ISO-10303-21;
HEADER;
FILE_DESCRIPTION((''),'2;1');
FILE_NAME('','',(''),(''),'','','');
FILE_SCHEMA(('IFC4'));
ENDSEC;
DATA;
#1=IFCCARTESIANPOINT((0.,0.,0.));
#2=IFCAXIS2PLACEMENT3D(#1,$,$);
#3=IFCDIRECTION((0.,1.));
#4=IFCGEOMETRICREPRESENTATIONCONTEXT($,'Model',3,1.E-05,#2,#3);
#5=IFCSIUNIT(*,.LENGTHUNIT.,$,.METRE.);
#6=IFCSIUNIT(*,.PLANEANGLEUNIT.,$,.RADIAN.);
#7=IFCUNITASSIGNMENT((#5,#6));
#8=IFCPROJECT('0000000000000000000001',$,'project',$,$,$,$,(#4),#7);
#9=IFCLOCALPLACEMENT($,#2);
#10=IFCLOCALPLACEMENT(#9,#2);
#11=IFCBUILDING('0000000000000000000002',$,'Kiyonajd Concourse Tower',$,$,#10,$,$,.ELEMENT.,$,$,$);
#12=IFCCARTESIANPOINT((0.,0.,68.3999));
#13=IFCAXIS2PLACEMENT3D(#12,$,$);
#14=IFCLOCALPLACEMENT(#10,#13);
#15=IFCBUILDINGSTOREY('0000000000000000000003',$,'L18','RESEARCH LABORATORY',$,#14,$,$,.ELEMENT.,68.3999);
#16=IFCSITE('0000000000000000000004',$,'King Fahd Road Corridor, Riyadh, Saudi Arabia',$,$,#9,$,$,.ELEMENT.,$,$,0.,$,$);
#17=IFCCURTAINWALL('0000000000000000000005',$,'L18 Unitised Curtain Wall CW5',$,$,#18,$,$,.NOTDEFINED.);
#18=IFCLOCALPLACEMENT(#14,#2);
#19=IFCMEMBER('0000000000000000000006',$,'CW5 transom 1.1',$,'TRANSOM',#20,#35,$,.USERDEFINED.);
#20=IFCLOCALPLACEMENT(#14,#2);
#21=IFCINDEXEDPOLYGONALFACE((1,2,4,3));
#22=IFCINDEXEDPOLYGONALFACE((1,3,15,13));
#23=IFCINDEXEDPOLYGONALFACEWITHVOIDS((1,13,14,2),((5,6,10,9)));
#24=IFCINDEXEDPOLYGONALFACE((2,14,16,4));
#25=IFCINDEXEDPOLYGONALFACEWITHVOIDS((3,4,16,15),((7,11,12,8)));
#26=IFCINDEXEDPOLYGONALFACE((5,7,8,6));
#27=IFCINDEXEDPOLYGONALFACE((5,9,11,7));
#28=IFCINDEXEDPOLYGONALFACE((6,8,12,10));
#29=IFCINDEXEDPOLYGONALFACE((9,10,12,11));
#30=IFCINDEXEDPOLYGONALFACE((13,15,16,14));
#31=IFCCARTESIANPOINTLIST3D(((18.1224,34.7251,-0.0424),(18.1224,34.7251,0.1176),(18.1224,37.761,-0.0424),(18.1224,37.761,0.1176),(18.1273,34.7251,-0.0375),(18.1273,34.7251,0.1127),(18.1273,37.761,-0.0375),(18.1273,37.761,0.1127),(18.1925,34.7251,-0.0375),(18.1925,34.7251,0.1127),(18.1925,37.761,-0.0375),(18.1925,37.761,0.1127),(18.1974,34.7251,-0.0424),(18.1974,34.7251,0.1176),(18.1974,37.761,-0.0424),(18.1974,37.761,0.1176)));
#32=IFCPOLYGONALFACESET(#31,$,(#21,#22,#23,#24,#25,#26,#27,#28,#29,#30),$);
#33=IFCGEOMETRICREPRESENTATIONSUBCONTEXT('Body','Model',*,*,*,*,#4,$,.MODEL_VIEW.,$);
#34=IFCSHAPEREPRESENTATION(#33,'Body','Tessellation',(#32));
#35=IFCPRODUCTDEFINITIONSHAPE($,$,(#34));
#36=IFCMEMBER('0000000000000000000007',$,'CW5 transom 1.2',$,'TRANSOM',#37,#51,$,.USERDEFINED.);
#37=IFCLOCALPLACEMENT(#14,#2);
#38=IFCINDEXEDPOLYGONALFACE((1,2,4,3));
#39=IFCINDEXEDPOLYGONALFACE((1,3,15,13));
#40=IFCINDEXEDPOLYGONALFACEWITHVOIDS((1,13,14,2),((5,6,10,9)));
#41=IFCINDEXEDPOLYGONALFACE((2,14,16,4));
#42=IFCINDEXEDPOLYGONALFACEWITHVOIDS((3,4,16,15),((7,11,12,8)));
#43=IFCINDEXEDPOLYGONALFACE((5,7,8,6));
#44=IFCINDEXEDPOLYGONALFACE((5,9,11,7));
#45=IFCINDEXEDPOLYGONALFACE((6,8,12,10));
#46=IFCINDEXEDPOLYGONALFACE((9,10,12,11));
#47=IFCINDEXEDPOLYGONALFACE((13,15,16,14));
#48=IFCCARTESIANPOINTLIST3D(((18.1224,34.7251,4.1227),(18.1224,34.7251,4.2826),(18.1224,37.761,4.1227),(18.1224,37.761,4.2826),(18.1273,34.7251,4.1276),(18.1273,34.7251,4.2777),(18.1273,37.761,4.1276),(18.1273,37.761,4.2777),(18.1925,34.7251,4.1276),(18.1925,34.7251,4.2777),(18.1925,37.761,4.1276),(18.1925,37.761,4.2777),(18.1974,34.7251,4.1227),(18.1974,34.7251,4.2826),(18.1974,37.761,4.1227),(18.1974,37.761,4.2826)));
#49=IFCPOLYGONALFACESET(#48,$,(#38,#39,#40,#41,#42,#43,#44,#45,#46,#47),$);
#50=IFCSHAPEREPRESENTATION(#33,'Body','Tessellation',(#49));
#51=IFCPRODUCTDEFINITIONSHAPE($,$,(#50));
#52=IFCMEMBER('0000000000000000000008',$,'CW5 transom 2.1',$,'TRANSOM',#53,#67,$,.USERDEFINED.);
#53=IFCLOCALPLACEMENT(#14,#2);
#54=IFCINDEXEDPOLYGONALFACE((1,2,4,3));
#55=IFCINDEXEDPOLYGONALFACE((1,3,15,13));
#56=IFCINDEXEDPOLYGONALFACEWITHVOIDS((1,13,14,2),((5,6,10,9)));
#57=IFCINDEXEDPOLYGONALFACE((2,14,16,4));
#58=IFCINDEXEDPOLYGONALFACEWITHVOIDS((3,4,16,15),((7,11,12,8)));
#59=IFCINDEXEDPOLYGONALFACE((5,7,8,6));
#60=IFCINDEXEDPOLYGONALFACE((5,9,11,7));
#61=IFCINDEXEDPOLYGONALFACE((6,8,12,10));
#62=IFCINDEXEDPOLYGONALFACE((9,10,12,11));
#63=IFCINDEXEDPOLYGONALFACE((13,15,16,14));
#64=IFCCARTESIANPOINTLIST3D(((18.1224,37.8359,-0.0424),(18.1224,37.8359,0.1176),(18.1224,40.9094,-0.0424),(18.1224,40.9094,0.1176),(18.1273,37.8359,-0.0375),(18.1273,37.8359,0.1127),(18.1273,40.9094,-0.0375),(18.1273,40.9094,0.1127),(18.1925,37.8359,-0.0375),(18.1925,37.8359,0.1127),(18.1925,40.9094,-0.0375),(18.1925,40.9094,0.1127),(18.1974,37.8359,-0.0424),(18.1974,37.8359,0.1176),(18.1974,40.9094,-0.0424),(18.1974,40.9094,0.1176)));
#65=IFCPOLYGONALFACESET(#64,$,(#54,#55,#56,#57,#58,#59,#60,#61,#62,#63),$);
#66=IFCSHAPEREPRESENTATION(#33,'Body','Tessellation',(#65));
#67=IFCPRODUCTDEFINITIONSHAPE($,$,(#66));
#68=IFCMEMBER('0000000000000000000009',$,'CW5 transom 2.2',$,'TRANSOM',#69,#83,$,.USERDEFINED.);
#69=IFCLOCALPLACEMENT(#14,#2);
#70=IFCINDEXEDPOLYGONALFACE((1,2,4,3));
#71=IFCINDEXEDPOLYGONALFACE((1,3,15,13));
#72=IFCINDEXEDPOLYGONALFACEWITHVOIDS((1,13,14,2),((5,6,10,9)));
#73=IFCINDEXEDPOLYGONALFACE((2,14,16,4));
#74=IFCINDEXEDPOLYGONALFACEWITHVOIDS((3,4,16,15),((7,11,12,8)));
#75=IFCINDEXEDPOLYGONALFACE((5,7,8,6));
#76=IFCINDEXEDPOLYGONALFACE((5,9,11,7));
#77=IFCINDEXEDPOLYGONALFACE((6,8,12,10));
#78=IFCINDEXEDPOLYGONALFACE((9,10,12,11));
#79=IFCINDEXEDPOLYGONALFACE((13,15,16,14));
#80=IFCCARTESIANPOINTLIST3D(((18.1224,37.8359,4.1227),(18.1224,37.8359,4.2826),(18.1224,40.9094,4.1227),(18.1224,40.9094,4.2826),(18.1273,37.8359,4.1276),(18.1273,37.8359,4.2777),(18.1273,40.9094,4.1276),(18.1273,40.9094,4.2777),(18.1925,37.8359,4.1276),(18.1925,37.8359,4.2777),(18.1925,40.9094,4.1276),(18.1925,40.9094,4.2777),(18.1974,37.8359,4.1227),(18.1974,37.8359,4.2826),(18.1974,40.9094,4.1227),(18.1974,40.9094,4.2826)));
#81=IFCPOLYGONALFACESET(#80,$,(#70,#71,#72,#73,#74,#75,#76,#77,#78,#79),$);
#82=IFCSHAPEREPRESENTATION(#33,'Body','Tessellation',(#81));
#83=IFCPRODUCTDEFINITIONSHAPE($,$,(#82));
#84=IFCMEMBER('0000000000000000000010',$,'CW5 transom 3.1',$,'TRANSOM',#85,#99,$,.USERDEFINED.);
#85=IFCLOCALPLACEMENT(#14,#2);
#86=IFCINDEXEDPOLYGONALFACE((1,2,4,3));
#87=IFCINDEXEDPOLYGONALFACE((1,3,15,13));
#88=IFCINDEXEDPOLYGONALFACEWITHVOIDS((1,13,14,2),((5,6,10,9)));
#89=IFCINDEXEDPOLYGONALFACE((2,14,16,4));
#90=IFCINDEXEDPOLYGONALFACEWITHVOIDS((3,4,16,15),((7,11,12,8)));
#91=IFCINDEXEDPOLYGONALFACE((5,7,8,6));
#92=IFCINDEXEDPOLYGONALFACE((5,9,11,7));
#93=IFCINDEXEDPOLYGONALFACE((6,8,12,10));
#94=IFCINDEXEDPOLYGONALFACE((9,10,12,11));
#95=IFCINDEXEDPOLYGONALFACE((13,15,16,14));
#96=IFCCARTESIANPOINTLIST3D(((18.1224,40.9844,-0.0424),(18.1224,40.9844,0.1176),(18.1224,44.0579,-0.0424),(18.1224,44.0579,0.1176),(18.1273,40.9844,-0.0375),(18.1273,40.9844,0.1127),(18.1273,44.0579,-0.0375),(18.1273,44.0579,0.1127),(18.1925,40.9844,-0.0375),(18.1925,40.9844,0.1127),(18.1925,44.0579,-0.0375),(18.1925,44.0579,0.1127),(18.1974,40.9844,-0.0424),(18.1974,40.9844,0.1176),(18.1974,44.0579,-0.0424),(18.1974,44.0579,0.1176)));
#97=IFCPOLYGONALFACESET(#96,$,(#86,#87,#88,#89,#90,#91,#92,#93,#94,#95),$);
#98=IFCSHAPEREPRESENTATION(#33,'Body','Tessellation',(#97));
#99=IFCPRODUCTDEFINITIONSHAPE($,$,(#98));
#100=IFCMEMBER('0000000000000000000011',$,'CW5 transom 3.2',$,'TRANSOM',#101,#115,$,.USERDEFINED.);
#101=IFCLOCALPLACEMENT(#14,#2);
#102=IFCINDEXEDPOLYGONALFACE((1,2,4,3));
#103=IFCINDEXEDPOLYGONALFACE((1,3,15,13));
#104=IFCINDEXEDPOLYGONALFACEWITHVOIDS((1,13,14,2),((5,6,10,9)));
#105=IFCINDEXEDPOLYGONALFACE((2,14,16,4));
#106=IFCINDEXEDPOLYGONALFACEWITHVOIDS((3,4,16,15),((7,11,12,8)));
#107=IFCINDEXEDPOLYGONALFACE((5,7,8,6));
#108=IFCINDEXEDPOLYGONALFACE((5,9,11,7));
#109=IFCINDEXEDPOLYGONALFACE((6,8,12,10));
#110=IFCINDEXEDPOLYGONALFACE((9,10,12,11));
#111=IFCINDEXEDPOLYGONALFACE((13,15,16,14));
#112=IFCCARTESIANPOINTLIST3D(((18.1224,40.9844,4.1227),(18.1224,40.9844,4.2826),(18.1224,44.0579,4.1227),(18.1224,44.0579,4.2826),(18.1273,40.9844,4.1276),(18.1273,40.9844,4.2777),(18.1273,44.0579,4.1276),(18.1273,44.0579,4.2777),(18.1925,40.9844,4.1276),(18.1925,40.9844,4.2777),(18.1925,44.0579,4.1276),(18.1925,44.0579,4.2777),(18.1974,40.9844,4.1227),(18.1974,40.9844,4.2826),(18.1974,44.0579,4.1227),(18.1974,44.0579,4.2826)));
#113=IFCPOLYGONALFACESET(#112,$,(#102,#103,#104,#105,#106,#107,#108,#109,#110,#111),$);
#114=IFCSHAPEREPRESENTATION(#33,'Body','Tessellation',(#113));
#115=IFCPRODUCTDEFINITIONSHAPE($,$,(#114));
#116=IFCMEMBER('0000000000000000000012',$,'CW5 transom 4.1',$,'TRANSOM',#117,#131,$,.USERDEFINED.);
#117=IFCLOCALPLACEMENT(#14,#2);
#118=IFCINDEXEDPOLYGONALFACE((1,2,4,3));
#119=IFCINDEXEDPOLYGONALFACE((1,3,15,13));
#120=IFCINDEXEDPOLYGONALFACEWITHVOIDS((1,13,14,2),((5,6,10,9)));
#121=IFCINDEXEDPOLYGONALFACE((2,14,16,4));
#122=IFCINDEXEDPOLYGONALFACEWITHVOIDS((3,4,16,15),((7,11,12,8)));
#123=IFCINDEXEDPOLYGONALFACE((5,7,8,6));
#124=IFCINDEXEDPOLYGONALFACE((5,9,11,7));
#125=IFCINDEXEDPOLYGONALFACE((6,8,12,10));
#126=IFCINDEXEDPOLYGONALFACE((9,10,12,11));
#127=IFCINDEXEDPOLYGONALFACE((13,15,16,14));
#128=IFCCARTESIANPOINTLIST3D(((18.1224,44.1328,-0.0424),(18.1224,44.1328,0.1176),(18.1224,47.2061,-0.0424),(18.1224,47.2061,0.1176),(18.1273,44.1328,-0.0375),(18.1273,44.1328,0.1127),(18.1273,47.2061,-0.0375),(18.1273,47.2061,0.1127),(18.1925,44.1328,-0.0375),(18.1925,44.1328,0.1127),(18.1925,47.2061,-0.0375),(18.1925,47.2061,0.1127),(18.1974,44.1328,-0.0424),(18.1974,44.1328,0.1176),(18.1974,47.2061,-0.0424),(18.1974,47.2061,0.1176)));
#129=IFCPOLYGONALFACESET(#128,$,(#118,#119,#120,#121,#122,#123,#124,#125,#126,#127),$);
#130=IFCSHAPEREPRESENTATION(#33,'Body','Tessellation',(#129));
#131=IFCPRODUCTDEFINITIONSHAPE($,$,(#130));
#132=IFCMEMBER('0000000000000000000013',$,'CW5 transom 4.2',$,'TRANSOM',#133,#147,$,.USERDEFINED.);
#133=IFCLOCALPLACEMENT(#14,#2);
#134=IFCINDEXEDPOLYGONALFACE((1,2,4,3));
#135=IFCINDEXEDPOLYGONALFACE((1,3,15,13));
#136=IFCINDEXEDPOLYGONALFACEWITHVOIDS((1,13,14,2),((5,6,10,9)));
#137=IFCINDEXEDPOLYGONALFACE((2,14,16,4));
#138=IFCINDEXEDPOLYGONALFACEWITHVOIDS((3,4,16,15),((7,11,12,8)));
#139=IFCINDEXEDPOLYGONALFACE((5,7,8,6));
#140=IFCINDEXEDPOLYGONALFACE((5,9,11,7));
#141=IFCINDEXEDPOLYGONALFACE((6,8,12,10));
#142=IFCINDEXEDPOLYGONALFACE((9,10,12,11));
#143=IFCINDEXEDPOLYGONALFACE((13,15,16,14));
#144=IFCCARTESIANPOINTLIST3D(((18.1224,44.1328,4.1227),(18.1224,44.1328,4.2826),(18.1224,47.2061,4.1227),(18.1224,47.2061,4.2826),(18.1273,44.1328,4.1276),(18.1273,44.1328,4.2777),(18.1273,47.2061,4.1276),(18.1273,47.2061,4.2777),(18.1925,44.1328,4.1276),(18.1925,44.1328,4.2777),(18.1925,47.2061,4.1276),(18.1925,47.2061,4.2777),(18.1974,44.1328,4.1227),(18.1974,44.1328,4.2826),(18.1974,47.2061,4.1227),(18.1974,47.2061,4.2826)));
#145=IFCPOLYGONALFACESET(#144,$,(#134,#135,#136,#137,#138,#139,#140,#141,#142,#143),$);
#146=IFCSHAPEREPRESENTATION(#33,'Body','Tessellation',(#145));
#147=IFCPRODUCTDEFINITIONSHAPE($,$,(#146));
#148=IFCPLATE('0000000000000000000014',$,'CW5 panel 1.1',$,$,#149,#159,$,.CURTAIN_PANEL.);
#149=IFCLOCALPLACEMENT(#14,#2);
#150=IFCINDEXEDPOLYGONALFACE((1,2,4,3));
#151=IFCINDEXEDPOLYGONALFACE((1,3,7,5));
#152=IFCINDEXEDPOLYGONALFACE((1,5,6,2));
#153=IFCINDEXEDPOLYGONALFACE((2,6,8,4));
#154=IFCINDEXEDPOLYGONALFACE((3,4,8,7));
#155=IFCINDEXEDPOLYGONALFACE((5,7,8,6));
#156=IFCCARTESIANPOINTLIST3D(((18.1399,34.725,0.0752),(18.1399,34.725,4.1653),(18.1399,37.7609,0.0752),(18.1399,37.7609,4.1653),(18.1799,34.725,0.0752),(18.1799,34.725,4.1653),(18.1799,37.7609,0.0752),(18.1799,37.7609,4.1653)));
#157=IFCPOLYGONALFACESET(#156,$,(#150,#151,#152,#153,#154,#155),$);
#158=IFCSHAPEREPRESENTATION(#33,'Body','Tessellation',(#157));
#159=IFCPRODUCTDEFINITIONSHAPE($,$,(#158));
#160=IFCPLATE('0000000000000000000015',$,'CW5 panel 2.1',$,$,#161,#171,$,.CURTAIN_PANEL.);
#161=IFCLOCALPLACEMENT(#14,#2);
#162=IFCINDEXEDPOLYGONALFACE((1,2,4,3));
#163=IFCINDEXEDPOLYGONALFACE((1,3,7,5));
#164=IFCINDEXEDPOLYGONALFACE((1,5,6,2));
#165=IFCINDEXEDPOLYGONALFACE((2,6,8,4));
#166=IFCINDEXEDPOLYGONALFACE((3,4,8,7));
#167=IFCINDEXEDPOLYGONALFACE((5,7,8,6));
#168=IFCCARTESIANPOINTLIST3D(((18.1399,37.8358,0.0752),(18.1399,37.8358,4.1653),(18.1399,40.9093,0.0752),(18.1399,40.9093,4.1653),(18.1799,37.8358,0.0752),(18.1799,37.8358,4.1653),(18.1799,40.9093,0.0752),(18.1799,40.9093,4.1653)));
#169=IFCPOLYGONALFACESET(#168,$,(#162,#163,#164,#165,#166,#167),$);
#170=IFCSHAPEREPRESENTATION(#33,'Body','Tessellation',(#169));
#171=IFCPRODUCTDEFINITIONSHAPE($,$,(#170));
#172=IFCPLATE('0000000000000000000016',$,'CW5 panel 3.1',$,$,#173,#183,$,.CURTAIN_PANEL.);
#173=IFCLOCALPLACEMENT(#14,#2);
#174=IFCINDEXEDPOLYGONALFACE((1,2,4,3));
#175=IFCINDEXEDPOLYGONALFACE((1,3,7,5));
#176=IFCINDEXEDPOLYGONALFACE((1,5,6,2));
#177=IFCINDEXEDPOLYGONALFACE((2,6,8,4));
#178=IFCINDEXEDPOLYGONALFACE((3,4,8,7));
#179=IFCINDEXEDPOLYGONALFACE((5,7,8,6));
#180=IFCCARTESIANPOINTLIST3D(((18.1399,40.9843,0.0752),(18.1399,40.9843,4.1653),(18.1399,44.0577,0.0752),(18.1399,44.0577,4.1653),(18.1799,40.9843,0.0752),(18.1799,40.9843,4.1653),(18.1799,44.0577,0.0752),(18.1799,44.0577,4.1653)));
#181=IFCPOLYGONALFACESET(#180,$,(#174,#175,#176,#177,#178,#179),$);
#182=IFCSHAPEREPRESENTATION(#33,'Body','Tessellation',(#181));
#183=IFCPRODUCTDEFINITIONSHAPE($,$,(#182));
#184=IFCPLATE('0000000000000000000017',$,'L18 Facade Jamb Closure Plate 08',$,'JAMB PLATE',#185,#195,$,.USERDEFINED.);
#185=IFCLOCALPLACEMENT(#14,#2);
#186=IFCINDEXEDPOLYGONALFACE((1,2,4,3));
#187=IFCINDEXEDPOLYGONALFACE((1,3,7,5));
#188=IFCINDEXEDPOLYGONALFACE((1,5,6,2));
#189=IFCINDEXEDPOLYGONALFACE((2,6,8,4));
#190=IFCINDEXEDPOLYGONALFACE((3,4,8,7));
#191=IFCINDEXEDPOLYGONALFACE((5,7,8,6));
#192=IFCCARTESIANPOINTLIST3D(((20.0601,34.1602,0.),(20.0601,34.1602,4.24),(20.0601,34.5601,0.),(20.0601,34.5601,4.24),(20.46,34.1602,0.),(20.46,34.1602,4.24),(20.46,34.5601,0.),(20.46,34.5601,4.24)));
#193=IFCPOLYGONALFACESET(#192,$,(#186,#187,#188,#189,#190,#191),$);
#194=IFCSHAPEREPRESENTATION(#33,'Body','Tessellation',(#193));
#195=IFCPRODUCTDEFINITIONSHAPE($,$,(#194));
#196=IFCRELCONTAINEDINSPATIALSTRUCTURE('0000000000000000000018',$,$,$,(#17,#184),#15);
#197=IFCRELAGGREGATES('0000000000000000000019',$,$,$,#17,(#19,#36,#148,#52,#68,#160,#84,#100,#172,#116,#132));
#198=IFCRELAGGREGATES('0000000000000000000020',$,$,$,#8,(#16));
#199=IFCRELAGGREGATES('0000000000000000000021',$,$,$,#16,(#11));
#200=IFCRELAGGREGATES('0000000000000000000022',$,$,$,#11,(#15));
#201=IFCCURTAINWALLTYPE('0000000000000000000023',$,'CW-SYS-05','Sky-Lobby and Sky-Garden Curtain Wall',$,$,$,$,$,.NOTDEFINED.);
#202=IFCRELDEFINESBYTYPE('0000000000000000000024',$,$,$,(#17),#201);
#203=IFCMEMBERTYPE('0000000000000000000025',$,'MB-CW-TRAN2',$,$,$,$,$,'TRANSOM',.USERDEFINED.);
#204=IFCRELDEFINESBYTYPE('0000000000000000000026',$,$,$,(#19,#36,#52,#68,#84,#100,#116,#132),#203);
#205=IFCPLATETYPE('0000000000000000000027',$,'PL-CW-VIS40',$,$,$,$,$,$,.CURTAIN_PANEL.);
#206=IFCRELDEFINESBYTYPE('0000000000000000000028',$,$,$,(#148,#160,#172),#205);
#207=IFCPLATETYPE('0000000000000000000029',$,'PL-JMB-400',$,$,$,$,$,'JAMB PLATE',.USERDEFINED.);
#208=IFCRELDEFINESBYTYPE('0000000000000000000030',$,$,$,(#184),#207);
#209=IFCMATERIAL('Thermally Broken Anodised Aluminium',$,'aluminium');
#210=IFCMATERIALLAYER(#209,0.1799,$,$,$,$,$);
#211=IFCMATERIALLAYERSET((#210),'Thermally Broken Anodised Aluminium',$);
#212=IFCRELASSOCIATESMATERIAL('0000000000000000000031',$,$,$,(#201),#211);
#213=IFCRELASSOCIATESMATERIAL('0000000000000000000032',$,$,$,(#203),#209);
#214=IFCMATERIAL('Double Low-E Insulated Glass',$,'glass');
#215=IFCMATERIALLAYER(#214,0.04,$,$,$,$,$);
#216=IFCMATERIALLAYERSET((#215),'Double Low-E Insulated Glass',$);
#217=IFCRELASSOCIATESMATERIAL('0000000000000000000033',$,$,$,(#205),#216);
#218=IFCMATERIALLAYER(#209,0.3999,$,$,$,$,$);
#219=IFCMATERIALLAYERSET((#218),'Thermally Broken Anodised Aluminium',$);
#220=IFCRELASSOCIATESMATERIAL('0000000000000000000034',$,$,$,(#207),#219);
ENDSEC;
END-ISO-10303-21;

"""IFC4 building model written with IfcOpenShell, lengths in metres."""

from ifc_helpers import new_model, si_unit, direction, frame, origin, origin_2d, place, context, subcontext, project, spatial, rectangle, hollow_rectangle, extrude, material, layer, layer_set, material_profile, profile_set, type_object, element, aggregate, save


model = new_model("IFC4")

# Units and contexts
model_context = context("Model", 3, precision=1e-05, world=origin(), true_north=direction((0.0, 1.0)))
body_context = subcontext(model_context, "Body", "Model", "MODEL_VIEW")
ifc_project = project(units=[si_unit("LENGTHUNIT", "METRE"), si_unit("PLANEANGLEUNIT", "RADIAN")], contexts=[model_context])

# Site, building, storey
site_placement = place(None, origin())
site = spatial("IfcSite", under=ifc_project, at=site_placement, Name="King Fahd Road Corridor, Riyadh, Saudi Arabia", CompositionType="ELEMENT", RefElevation=0.0)
building_placement = place(site_placement, origin())
building = spatial("IfcBuilding", under=site, at=building_placement, Name="Kiyonajd Concourse Tower", CompositionType="ELEMENT")
storey_placement = place(building_placement, frame((0.0, 0.0, 68.3999)))
storey = spatial("IfcBuildingStorey", under=building, at=storey_placement, Name="L18", Description="RESEARCH LABORATORY", CompositionType="ELEMENT", Elevation=68.3999)

# Curtain wall, members, plates
ifc_material_1 = material(Name="Thermally Broken Anodised Aluminium", Category="aluminium")
ifc_layer_1 = layer(ifc_material_1, 0.1799)
ifc_layer_set_1 = layer_set([ifc_layer_1], Name="Thermally Broken Anodised Aluminium")
curtain_wall_type = type_object("IfcCurtainWallType", Name="CW-SYS-05", Description="Sky-Lobby and Sky-Garden Curtain Wall", PredefinedType="NOTDEFINED", material=ifc_layer_set_1)
curtain_wall_placement = place(storey_placement, origin())
curtain_wall = element("IfcCurtainWall", 1, at=curtain_wall_placement, inside=storey, type_object=curtain_wall_type, Name="L18 Unitised Curtain Wall CW5", PredefinedType="NOTDEFINED")
ifc_material_profile_1 = material_profile(ifc_material_1, hollow_rectangle(XDim=0.075, YDim=0.1599, WallThickness=0.0049, at=origin_2d()), Name="TRAN-75x160")
ifc_profile_set_1 = profile_set([ifc_material_profile_1], Name="Thermally Broken Anodised Aluminium")
member_type_1 = type_object("IfcMemberType", Name="MB-CW-TRAN2", ElementType="TRANSOM", PredefinedType="USERDEFINED", material=ifc_profile_set_1)
member_1_placement = place(storey_placement, frame((18.1599, 34.7251, 0.0376), z_axis=(0.0, 1.0, 0.0), x_axis=(-1.0, 0.0, 0.0)))
member_1 = element("IfcMember", 2, at=member_1_placement, type_object=member_type_1, Name="CW5 transom 1.1", ObjectType="TRANSOM", PredefinedType="USERDEFINED", context=body_context, shape_type="SweptSolid", body=[
    extrude(hollow_rectangle(XDim=0.075, YDim=0.1599, WallThickness=0.0049, at=origin_2d()), origin(), (0.0, 0.0, 1.0), 3.0359),
])
member_2_placement = place(storey_placement, frame((18.1599, 34.7251, 4.2026), z_axis=(0.0, 1.0, 0.0), x_axis=(-1.0, 0.0, 0.0)))
member_2 = element("IfcMember", 3, at=member_2_placement, type_object=member_type_1, Name="CW5 transom 1.2", ObjectType="TRANSOM", PredefinedType="USERDEFINED", context=body_context, shape_type="SweptSolid", body=[
    extrude(hollow_rectangle(XDim=0.075, YDim=0.1599, WallThickness=0.0049, at=origin_2d()), origin(), (0.0, 0.0, 1.0), 3.0359),
])
member_3_placement = place(storey_placement, frame((18.1599, 37.8359, 0.0376), z_axis=(0.0, 1.0, 0.0), x_axis=(-1.0, 0.0, 0.0)))
member_3 = element("IfcMember", 4, at=member_3_placement, type_object=member_type_1, Name="CW5 transom 2.1", ObjectType="TRANSOM", PredefinedType="USERDEFINED", context=body_context, shape_type="SweptSolid", body=[
    extrude(hollow_rectangle(XDim=0.075, YDim=0.1599, WallThickness=0.0049, at=origin_2d()), origin(), (0.0, 0.0, 1.0), 3.0735),
])
member_4_placement = place(storey_placement, frame((18.1599, 37.8359, 4.2026), z_axis=(0.0, 1.0, 0.0), x_axis=(-1.0, 0.0, 0.0)))
member_4 = element("IfcMember", 5, at=member_4_placement, type_object=member_type_1, Name="CW5 transom 2.2", ObjectType="TRANSOM", PredefinedType="USERDEFINED", context=body_context, shape_type="SweptSolid", body=[
    extrude(hollow_rectangle(XDim=0.075, YDim=0.1599, WallThickness=0.0049, at=origin_2d()), origin(), (0.0, 0.0, 1.0), 3.0735),
])
member_5_placement = place(storey_placement, frame((18.1599, 40.9844, 0.0376), z_axis=(0.0, 1.0, 0.0), x_axis=(-1.0, 0.0, 0.0)))
member_5 = element("IfcMember", 6, at=member_5_placement, type_object=member_type_1, Name="CW5 transom 3.1", ObjectType="TRANSOM", PredefinedType="USERDEFINED", context=body_context, shape_type="SweptSolid", body=[
    extrude(hollow_rectangle(XDim=0.075, YDim=0.1599, WallThickness=0.0049, at=origin_2d()), origin(), (0.0, 0.0, 1.0), 3.0735),
])
member_6_placement = place(storey_placement, frame((18.1599, 40.9844, 4.2026), z_axis=(0.0, 1.0, 0.0), x_axis=(-1.0, 0.0, 0.0)))
member_6 = element("IfcMember", 7, at=member_6_placement, type_object=member_type_1, Name="CW5 transom 3.2", ObjectType="TRANSOM", PredefinedType="USERDEFINED", context=body_context, shape_type="SweptSolid", body=[
    extrude(hollow_rectangle(XDim=0.075, YDim=0.1599, WallThickness=0.0049, at=origin_2d()), origin(), (0.0, 0.0, 1.0), 3.0735),
])
member_7_placement = place(storey_placement, frame((18.1599, 44.1328, 0.0376), z_axis=(0.0, 1.0, 0.0), x_axis=(-1.0, 0.0, 0.0)))
member_7 = element("IfcMember", 8, at=member_7_placement, type_object=member_type_1, Name="CW5 transom 4.1", ObjectType="TRANSOM", PredefinedType="USERDEFINED", context=body_context, shape_type="SweptSolid", body=[
    extrude(hollow_rectangle(XDim=0.075, YDim=0.1599, WallThickness=0.0049, at=origin_2d()), origin(), (0.0, 0.0, 1.0), 3.0732),
])
member_8_placement = place(storey_placement, frame((18.1599, 44.1328, 4.2026), z_axis=(0.0, 1.0, 0.0), x_axis=(-1.0, 0.0, 0.0)))
member_8 = element("IfcMember", 9, at=member_8_placement, type_object=member_type_1, Name="CW5 transom 4.2", ObjectType="TRANSOM", PredefinedType="USERDEFINED", context=body_context, shape_type="SweptSolid", body=[
    extrude(hollow_rectangle(XDim=0.075, YDim=0.1599, WallThickness=0.0049, at=origin_2d()), origin(), (0.0, 0.0, 1.0), 3.0732),
])
ifc_material_2 = material(Name="Double Low-E Insulated Glass", Category="glass")
ifc_layer_2 = layer(ifc_material_2, 0.04)
ifc_layer_set_2 = layer_set([ifc_layer_2], Name="Double Low-E Insulated Glass")
plate_type_1 = type_object("IfcPlateType", Name="PL-CW-VIS40", PredefinedType="CURTAIN_PANEL", material=ifc_layer_set_2)
plate_1_placement = place(storey_placement, frame((18.1599, 36.2429, 0.0752), z_axis=(0.0, 0.0, 1.0), x_axis=(0.0, 1.0, 0.0)))
plate_1 = element("IfcPlate", 10, at=plate_1_placement, type_object=plate_type_1, Name="CW5 panel 1.1", PredefinedType="CURTAIN_PANEL", context=body_context, shape_type="SweptSolid", body=[
    extrude(rectangle(XDim=3.0359, YDim=0.04, at=origin_2d()), origin(), (0.0, 0.0, 1.0), 4.0901),
])
plate_2_placement = place(storey_placement, frame((18.1599, 39.3726, 0.0752), z_axis=(0.0, 0.0, 1.0), x_axis=(0.0, 1.0, 0.0)))
plate_2 = element("IfcPlate", 11, at=plate_2_placement, type_object=plate_type_1, Name="CW5 panel 2.1", PredefinedType="CURTAIN_PANEL", context=body_context, shape_type="SweptSolid", body=[
    extrude(rectangle(XDim=3.0735, YDim=0.04, at=origin_2d()), origin(), (0.0, 0.0, 1.0), 4.0901),
])
plate_3_placement = place(storey_placement, frame((18.1599, 42.521, 0.0752), z_axis=(0.0, 0.0, 1.0), x_axis=(0.0, 1.0, 0.0)))
plate_3 = element("IfcPlate", 12, at=plate_3_placement, type_object=plate_type_1, Name="CW5 panel 3.1", PredefinedType="CURTAIN_PANEL", context=body_context, shape_type="SweptSolid", body=[
    extrude(rectangle(XDim=3.0735, YDim=0.04, at=origin_2d()), origin(), (0.0, 0.0, 1.0), 4.0901),
])
aggregate(curtain_wall, [member_1, member_2, plate_1, member_3, member_4, plate_2, member_5, member_6, plate_3, member_7, member_8])

# Plate
ifc_layer_3 = layer(ifc_material_1, 0.3999)
ifc_layer_set_3 = layer_set([ifc_layer_3], Name="Thermally Broken Anodised Aluminium")
plate_type_2 = type_object("IfcPlateType", Name="PL-JMB-400", ElementType="JAMB PLATE", PredefinedType="USERDEFINED", material=ifc_layer_set_3)
plate_4_placement = place(storey_placement, frame((20.26, 34.3601, 0.0), z_axis=(0.0, 0.0, 1.0), x_axis=(1.0, 0.0, 0.0)))
element("IfcPlate", 13, at=plate_4_placement, inside=storey, type_object=plate_type_2, Name="L18 Facade Jamb Closure Plate 08", ObjectType="JAMB PLATE", PredefinedType="USERDEFINED", context=body_context, shape_type="SweptSolid", body=[
    extrude(rectangle(XDim=0.3999, YDim=0.3999, at=origin_2d()), origin(), (0.0, 0.0, 1.0), 4.24),
])

save(model, "model.ifc")
